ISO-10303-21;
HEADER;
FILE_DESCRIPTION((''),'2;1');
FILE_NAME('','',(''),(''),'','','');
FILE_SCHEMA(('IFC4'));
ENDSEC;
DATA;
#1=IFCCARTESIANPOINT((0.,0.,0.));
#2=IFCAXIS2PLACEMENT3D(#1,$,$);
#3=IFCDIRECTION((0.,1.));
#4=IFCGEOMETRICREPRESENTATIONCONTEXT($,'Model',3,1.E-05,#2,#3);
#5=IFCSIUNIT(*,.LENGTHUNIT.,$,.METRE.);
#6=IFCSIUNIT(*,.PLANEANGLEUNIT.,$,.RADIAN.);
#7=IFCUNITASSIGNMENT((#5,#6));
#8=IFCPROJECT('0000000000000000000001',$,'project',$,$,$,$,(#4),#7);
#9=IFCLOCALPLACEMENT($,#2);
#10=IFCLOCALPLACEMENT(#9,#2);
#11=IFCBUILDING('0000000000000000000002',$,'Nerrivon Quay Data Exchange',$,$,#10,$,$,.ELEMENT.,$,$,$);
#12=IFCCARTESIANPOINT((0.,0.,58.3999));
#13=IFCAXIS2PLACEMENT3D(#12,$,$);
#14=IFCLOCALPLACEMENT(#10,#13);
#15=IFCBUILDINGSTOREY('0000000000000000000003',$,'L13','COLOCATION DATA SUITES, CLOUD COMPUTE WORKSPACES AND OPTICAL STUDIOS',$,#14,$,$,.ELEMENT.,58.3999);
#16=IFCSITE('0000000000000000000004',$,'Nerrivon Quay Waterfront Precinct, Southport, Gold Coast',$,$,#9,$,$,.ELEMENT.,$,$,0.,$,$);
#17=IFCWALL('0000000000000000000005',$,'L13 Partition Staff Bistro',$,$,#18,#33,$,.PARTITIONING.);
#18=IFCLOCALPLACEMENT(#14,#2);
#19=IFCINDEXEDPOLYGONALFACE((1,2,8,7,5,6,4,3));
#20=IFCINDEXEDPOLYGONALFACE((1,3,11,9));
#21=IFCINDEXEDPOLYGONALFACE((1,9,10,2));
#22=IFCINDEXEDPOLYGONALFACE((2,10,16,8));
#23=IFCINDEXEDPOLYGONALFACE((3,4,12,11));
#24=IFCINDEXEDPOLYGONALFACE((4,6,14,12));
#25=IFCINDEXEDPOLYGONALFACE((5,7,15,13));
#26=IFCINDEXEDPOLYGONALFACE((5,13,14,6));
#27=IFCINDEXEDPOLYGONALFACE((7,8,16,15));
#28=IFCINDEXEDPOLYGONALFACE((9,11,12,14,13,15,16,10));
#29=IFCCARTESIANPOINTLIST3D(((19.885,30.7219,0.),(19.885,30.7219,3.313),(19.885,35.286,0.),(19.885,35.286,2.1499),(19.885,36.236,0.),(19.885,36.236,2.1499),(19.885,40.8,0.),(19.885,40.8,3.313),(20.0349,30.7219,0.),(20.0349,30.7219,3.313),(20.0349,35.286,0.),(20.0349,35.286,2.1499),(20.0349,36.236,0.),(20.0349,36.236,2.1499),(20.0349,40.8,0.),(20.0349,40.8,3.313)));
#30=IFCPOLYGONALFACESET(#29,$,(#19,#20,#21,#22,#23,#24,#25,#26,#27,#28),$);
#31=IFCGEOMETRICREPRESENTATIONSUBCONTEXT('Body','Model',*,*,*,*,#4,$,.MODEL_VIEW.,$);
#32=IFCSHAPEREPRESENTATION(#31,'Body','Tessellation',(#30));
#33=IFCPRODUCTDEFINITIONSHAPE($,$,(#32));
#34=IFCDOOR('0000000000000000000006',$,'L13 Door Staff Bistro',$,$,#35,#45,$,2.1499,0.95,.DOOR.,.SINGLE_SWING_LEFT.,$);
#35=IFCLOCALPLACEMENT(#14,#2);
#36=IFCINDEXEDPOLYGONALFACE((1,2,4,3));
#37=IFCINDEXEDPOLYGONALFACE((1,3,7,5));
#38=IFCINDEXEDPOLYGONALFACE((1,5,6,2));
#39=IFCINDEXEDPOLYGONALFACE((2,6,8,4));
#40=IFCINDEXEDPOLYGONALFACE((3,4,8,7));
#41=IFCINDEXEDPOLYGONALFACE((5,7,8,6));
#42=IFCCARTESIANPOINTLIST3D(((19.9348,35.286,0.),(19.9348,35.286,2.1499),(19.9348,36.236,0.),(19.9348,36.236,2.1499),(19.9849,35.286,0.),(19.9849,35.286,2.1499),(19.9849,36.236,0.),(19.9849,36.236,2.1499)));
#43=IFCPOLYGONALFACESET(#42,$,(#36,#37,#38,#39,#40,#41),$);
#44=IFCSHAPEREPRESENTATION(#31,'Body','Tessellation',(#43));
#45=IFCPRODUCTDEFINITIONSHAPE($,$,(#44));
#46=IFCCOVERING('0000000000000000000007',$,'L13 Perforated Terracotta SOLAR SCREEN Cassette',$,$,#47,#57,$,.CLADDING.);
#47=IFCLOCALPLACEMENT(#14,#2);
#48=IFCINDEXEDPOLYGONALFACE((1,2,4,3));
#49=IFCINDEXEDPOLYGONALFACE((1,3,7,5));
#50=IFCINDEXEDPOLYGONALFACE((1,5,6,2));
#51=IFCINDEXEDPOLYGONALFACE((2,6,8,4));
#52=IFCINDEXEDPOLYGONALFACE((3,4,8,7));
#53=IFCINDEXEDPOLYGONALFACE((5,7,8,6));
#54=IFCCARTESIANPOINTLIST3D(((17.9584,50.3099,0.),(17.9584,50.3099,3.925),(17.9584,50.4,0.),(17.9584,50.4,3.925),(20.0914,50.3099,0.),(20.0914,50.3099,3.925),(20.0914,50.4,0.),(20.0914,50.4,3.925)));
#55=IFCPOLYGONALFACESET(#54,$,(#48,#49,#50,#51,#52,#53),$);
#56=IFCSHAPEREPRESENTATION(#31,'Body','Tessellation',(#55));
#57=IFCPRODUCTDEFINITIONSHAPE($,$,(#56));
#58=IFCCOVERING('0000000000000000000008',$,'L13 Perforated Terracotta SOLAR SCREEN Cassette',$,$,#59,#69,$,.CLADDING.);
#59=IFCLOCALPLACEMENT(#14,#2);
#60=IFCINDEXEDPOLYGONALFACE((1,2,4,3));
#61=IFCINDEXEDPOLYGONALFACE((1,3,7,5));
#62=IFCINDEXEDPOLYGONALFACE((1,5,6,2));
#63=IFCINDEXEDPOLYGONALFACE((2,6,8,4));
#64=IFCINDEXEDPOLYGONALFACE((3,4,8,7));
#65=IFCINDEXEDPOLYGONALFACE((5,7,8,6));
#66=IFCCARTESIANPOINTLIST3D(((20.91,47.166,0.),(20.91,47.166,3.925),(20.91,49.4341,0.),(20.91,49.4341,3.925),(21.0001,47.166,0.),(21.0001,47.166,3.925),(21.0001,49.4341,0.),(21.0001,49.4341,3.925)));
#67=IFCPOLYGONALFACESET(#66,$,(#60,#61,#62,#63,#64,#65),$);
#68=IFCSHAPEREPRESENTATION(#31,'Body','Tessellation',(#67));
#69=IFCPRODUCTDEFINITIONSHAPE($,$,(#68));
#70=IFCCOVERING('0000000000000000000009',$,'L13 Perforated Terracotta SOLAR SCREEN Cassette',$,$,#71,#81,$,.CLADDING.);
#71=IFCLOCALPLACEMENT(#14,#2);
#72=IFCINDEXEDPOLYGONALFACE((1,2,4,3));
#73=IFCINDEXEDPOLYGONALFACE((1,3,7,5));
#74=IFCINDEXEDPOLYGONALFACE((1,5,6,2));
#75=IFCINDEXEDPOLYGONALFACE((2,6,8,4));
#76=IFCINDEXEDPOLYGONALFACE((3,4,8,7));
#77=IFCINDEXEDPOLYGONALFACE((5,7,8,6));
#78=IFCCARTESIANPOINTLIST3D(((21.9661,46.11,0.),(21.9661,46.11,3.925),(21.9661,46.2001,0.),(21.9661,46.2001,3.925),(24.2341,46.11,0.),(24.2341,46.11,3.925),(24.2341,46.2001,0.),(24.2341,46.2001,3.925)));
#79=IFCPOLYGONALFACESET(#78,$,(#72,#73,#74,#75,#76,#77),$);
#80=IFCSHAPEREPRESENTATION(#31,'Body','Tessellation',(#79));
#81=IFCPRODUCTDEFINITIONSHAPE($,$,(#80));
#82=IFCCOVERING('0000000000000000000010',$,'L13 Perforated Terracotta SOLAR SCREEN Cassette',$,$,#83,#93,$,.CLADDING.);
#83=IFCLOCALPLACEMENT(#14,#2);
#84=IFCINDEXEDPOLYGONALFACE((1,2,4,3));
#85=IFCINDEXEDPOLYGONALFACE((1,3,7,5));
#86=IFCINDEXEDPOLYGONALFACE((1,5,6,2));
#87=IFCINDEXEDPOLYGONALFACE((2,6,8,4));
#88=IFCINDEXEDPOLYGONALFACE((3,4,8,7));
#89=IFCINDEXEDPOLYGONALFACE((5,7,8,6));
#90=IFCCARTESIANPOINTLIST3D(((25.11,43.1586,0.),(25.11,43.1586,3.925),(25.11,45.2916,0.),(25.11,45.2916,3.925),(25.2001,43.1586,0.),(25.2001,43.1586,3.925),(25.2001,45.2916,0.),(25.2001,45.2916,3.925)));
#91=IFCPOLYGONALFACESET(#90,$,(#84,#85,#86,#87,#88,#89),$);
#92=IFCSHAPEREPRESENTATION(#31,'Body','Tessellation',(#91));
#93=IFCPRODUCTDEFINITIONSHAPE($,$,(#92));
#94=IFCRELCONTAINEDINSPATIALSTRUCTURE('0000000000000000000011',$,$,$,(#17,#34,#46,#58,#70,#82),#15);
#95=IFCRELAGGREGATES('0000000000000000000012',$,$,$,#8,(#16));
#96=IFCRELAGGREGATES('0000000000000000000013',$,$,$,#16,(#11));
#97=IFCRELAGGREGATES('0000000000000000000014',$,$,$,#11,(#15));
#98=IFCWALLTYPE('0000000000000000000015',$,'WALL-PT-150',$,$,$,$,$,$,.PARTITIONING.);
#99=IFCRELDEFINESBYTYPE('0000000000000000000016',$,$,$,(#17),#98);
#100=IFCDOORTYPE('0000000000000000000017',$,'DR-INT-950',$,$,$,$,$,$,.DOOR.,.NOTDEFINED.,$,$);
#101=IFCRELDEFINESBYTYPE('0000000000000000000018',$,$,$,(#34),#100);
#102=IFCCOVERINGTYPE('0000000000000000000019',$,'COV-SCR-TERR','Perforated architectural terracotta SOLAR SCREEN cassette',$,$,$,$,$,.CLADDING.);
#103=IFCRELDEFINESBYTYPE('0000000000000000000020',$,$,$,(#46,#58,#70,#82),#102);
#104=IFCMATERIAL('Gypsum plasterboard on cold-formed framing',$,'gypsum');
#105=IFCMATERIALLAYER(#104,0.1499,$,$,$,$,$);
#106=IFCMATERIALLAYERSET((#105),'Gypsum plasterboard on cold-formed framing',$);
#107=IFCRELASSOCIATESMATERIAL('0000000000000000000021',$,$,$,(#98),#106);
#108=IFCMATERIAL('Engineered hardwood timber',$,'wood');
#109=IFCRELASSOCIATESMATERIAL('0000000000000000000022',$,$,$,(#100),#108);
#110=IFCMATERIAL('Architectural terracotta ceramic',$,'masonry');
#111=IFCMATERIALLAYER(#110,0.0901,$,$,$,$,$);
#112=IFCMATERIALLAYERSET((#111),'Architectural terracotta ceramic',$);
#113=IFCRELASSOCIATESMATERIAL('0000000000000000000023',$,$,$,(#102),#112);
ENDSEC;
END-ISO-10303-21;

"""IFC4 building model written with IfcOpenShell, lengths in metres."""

from ifc_helpers import new_model, si_unit, direction, frame, frame_2d, origin, origin_2d, place, context, subcontext, project, spatial, rectangle, extrude, material, layer, layer_set, type_object, element, fill, save


model = new_model("IFC4")

# Units and contexts
model_context = context("Model", 3, precision=1e-05, world=origin(), true_north=direction((0.0, 1.0)))
body_context = subcontext(model_context, "Body", "Model", "MODEL_VIEW")
ifc_project = project(units=[si_unit("LENGTHUNIT", "METRE"), si_unit("PLANEANGLEUNIT", "RADIAN")], contexts=[model_context])

# Site, building, storey
site_placement = place(None, origin())
site = spatial("IfcSite", under=ifc_project, at=site_placement, Name="Nerrivon Quay Waterfront Precinct, Southport, Gold Coast", CompositionType="ELEMENT", RefElevation=0.0)
building_placement = place(site_placement, origin())
building = spatial("IfcBuilding", under=site, at=building_placement, Name="Nerrivon Quay Data Exchange", CompositionType="ELEMENT")
storey_placement = place(building_placement, frame((0.0, 0.0, 58.3999)))
storey = spatial("IfcBuildingStorey", under=building, at=storey_placement, Name="L13", Description="COLOCATION DATA SUITES, CLOUD COMPUTE WORKSPACES AND OPTICAL STUDIOS", CompositionType="ELEMENT", Elevation=58.3999)

# Shared definitions
ifc_material_1 = material(Name="Gypsum plasterboard on cold-formed framing", Category="gypsum")

# Wall, opening, door
ifc_layer_1 = layer(ifc_material_1, 0.1499)
ifc_layer_set_1 = layer_set([ifc_layer_1], Name="Gypsum plasterboard on cold-formed framing")
wall_type_1 = type_object("IfcWallType", Name="WALL-PT-150", PredefinedType="PARTITIONING", material=ifc_layer_set_1)
wall_1_placement = place(storey_placement, frame((19.96, 40.8, 0.0), z_axis=(0.0, 0.0, 1.0), x_axis=(0.0, -1.0, 0.0)))
wall_1 = element("IfcWall", 1, at=wall_1_placement, inside=storey, type_object=wall_type_1, Name="L13 Partition Staff Bistro", PredefinedType="PARTITIONING", context=body_context, shape_type="SweptSolid", body=[
    extrude(rectangle(XDim=10.0781, YDim=0.1499, at=frame_2d((5.0391, 0.0))), origin(), (0.0, 0.0, 1.0), 3.313),
])
opening_1_placement = place(wall_1_placement, frame((4.564, 0.0, 0.0)))
opening_1 = element("IfcOpeningElement", 2, at=opening_1_placement, cuts=wall_1, PredefinedType="OPENING", context=body_context, shape_type="SweptSolid", body=[
    extrude(rectangle(XDim=0.95, YDim=2.1499, at=frame_2d((0.4751, 1.075))), frame((0.0, 0.085, 0.0), z_axis=(0.0, -1.0, 0.0), x_axis=(1.0, 0.0, 0.0)), (0.0, 0.0, 1.0), 0.1699),
])
ifc_material_2 = material(Name="Engineered hardwood timber", Category="wood")
door_type_1 = type_object("IfcDoorType", Name="DR-INT-950", OperationType="NOTDEFINED", PredefinedType="DOOR", material=ifc_material_2)
door_1_placement = place(opening_1_placement, origin())
door_1 = element("IfcDoor", 3, at=door_1_placement, inside=storey, type_object=door_type_1, Name="L13 Door Staff Bistro", OperationType="SINGLE_SWING_LEFT", OverallHeight=2.1499, OverallWidth=0.95, PredefinedType="DOOR", context=body_context, shape_type="SweptSolid", body=[
    extrude(rectangle(XDim=0.95, YDim=2.1499, at=frame_2d((0.4751, 1.075))), frame((0.0, 0.0249, 0.0), z_axis=(0.0, -1.0, 0.0), x_axis=(1.0, 0.0, 0.0)), (0.0, 0.0, 1.0), 0.05),
])
fill(opening_1, door_1)

# Coverings
ifc_material_3 = material(Name="Architectural terracotta ceramic", Category="masonry")
ifc_layer_2 = layer(ifc_material_3, 0.0901)
ifc_layer_set_2 = layer_set([ifc_layer_2], Name="Architectural terracotta ceramic")
covering_type = type_object("IfcCoveringType", Name="COV-SCR-TERR", Description="Perforated architectural terracotta SOLAR SCREEN cassette", PredefinedType="CLADDING", material=ifc_layer_set_2)
covering_1_placement = place(storey_placement, frame((19.0249, 50.355, 0.0), z_axis=(0.0, 0.0, 1.0), x_axis=(1.0, 0.0, 0.0)))
element("IfcCovering", 4, at=covering_1_placement, inside=storey, type_object=covering_type, Name="L13 Perforated Terracotta SOLAR SCREEN Cassette", PredefinedType="CLADDING", context=body_context, shape_type="SweptSolid", body=[
    extrude(rectangle(XDim=2.1331, YDim=0.0901, at=origin_2d()), origin(), (0.0, 0.0, 1.0), 3.925),
])
for number, where, z_axis, x_axis, name in (
    (5, (20.9551, 48.3, 0.0), (0.0, 0.0, 1.0), (0.0, -1.0, 0.0), "L13 Perforated Terracotta SOLAR SCREEN Cassette"),
    (6, (23.1001, 46.155, 0.0), (0.0, 0.0, 1.0), (1.0, 0.0, 0.0), "L13 Perforated Terracotta SOLAR SCREEN Cassette"),
):
    element("IfcCovering", number, at=place(storey_placement, frame(where, z_axis=z_axis, x_axis=x_axis)), inside=storey, type_object=covering_type, Name=name, PredefinedType="CLADDING", context=body_context, shape_type="SweptSolid", body=[
        extrude(rectangle(XDim=2.2681, YDim=0.0901, at=origin_2d()), origin(), (0.0, 0.0, 1.0), 3.925),
    ])
covering_2_placement = place(storey_placement, frame((25.155, 44.2251, 0.0), z_axis=(0.0, 0.0, 1.0), x_axis=(0.0, -1.0, 0.0)))
element("IfcCovering", 7, at=covering_2_placement, inside=storey, type_object=covering_type, Name="L13 Perforated Terracotta SOLAR SCREEN Cassette", PredefinedType="CLADDING", context=body_context, shape_type="SweptSolid", body=[
    extrude(rectangle(XDim=2.1331, YDim=0.0901, at=origin_2d()), origin(), (0.0, 0.0, 1.0), 3.925),
])

save(model, "model.ifc")
